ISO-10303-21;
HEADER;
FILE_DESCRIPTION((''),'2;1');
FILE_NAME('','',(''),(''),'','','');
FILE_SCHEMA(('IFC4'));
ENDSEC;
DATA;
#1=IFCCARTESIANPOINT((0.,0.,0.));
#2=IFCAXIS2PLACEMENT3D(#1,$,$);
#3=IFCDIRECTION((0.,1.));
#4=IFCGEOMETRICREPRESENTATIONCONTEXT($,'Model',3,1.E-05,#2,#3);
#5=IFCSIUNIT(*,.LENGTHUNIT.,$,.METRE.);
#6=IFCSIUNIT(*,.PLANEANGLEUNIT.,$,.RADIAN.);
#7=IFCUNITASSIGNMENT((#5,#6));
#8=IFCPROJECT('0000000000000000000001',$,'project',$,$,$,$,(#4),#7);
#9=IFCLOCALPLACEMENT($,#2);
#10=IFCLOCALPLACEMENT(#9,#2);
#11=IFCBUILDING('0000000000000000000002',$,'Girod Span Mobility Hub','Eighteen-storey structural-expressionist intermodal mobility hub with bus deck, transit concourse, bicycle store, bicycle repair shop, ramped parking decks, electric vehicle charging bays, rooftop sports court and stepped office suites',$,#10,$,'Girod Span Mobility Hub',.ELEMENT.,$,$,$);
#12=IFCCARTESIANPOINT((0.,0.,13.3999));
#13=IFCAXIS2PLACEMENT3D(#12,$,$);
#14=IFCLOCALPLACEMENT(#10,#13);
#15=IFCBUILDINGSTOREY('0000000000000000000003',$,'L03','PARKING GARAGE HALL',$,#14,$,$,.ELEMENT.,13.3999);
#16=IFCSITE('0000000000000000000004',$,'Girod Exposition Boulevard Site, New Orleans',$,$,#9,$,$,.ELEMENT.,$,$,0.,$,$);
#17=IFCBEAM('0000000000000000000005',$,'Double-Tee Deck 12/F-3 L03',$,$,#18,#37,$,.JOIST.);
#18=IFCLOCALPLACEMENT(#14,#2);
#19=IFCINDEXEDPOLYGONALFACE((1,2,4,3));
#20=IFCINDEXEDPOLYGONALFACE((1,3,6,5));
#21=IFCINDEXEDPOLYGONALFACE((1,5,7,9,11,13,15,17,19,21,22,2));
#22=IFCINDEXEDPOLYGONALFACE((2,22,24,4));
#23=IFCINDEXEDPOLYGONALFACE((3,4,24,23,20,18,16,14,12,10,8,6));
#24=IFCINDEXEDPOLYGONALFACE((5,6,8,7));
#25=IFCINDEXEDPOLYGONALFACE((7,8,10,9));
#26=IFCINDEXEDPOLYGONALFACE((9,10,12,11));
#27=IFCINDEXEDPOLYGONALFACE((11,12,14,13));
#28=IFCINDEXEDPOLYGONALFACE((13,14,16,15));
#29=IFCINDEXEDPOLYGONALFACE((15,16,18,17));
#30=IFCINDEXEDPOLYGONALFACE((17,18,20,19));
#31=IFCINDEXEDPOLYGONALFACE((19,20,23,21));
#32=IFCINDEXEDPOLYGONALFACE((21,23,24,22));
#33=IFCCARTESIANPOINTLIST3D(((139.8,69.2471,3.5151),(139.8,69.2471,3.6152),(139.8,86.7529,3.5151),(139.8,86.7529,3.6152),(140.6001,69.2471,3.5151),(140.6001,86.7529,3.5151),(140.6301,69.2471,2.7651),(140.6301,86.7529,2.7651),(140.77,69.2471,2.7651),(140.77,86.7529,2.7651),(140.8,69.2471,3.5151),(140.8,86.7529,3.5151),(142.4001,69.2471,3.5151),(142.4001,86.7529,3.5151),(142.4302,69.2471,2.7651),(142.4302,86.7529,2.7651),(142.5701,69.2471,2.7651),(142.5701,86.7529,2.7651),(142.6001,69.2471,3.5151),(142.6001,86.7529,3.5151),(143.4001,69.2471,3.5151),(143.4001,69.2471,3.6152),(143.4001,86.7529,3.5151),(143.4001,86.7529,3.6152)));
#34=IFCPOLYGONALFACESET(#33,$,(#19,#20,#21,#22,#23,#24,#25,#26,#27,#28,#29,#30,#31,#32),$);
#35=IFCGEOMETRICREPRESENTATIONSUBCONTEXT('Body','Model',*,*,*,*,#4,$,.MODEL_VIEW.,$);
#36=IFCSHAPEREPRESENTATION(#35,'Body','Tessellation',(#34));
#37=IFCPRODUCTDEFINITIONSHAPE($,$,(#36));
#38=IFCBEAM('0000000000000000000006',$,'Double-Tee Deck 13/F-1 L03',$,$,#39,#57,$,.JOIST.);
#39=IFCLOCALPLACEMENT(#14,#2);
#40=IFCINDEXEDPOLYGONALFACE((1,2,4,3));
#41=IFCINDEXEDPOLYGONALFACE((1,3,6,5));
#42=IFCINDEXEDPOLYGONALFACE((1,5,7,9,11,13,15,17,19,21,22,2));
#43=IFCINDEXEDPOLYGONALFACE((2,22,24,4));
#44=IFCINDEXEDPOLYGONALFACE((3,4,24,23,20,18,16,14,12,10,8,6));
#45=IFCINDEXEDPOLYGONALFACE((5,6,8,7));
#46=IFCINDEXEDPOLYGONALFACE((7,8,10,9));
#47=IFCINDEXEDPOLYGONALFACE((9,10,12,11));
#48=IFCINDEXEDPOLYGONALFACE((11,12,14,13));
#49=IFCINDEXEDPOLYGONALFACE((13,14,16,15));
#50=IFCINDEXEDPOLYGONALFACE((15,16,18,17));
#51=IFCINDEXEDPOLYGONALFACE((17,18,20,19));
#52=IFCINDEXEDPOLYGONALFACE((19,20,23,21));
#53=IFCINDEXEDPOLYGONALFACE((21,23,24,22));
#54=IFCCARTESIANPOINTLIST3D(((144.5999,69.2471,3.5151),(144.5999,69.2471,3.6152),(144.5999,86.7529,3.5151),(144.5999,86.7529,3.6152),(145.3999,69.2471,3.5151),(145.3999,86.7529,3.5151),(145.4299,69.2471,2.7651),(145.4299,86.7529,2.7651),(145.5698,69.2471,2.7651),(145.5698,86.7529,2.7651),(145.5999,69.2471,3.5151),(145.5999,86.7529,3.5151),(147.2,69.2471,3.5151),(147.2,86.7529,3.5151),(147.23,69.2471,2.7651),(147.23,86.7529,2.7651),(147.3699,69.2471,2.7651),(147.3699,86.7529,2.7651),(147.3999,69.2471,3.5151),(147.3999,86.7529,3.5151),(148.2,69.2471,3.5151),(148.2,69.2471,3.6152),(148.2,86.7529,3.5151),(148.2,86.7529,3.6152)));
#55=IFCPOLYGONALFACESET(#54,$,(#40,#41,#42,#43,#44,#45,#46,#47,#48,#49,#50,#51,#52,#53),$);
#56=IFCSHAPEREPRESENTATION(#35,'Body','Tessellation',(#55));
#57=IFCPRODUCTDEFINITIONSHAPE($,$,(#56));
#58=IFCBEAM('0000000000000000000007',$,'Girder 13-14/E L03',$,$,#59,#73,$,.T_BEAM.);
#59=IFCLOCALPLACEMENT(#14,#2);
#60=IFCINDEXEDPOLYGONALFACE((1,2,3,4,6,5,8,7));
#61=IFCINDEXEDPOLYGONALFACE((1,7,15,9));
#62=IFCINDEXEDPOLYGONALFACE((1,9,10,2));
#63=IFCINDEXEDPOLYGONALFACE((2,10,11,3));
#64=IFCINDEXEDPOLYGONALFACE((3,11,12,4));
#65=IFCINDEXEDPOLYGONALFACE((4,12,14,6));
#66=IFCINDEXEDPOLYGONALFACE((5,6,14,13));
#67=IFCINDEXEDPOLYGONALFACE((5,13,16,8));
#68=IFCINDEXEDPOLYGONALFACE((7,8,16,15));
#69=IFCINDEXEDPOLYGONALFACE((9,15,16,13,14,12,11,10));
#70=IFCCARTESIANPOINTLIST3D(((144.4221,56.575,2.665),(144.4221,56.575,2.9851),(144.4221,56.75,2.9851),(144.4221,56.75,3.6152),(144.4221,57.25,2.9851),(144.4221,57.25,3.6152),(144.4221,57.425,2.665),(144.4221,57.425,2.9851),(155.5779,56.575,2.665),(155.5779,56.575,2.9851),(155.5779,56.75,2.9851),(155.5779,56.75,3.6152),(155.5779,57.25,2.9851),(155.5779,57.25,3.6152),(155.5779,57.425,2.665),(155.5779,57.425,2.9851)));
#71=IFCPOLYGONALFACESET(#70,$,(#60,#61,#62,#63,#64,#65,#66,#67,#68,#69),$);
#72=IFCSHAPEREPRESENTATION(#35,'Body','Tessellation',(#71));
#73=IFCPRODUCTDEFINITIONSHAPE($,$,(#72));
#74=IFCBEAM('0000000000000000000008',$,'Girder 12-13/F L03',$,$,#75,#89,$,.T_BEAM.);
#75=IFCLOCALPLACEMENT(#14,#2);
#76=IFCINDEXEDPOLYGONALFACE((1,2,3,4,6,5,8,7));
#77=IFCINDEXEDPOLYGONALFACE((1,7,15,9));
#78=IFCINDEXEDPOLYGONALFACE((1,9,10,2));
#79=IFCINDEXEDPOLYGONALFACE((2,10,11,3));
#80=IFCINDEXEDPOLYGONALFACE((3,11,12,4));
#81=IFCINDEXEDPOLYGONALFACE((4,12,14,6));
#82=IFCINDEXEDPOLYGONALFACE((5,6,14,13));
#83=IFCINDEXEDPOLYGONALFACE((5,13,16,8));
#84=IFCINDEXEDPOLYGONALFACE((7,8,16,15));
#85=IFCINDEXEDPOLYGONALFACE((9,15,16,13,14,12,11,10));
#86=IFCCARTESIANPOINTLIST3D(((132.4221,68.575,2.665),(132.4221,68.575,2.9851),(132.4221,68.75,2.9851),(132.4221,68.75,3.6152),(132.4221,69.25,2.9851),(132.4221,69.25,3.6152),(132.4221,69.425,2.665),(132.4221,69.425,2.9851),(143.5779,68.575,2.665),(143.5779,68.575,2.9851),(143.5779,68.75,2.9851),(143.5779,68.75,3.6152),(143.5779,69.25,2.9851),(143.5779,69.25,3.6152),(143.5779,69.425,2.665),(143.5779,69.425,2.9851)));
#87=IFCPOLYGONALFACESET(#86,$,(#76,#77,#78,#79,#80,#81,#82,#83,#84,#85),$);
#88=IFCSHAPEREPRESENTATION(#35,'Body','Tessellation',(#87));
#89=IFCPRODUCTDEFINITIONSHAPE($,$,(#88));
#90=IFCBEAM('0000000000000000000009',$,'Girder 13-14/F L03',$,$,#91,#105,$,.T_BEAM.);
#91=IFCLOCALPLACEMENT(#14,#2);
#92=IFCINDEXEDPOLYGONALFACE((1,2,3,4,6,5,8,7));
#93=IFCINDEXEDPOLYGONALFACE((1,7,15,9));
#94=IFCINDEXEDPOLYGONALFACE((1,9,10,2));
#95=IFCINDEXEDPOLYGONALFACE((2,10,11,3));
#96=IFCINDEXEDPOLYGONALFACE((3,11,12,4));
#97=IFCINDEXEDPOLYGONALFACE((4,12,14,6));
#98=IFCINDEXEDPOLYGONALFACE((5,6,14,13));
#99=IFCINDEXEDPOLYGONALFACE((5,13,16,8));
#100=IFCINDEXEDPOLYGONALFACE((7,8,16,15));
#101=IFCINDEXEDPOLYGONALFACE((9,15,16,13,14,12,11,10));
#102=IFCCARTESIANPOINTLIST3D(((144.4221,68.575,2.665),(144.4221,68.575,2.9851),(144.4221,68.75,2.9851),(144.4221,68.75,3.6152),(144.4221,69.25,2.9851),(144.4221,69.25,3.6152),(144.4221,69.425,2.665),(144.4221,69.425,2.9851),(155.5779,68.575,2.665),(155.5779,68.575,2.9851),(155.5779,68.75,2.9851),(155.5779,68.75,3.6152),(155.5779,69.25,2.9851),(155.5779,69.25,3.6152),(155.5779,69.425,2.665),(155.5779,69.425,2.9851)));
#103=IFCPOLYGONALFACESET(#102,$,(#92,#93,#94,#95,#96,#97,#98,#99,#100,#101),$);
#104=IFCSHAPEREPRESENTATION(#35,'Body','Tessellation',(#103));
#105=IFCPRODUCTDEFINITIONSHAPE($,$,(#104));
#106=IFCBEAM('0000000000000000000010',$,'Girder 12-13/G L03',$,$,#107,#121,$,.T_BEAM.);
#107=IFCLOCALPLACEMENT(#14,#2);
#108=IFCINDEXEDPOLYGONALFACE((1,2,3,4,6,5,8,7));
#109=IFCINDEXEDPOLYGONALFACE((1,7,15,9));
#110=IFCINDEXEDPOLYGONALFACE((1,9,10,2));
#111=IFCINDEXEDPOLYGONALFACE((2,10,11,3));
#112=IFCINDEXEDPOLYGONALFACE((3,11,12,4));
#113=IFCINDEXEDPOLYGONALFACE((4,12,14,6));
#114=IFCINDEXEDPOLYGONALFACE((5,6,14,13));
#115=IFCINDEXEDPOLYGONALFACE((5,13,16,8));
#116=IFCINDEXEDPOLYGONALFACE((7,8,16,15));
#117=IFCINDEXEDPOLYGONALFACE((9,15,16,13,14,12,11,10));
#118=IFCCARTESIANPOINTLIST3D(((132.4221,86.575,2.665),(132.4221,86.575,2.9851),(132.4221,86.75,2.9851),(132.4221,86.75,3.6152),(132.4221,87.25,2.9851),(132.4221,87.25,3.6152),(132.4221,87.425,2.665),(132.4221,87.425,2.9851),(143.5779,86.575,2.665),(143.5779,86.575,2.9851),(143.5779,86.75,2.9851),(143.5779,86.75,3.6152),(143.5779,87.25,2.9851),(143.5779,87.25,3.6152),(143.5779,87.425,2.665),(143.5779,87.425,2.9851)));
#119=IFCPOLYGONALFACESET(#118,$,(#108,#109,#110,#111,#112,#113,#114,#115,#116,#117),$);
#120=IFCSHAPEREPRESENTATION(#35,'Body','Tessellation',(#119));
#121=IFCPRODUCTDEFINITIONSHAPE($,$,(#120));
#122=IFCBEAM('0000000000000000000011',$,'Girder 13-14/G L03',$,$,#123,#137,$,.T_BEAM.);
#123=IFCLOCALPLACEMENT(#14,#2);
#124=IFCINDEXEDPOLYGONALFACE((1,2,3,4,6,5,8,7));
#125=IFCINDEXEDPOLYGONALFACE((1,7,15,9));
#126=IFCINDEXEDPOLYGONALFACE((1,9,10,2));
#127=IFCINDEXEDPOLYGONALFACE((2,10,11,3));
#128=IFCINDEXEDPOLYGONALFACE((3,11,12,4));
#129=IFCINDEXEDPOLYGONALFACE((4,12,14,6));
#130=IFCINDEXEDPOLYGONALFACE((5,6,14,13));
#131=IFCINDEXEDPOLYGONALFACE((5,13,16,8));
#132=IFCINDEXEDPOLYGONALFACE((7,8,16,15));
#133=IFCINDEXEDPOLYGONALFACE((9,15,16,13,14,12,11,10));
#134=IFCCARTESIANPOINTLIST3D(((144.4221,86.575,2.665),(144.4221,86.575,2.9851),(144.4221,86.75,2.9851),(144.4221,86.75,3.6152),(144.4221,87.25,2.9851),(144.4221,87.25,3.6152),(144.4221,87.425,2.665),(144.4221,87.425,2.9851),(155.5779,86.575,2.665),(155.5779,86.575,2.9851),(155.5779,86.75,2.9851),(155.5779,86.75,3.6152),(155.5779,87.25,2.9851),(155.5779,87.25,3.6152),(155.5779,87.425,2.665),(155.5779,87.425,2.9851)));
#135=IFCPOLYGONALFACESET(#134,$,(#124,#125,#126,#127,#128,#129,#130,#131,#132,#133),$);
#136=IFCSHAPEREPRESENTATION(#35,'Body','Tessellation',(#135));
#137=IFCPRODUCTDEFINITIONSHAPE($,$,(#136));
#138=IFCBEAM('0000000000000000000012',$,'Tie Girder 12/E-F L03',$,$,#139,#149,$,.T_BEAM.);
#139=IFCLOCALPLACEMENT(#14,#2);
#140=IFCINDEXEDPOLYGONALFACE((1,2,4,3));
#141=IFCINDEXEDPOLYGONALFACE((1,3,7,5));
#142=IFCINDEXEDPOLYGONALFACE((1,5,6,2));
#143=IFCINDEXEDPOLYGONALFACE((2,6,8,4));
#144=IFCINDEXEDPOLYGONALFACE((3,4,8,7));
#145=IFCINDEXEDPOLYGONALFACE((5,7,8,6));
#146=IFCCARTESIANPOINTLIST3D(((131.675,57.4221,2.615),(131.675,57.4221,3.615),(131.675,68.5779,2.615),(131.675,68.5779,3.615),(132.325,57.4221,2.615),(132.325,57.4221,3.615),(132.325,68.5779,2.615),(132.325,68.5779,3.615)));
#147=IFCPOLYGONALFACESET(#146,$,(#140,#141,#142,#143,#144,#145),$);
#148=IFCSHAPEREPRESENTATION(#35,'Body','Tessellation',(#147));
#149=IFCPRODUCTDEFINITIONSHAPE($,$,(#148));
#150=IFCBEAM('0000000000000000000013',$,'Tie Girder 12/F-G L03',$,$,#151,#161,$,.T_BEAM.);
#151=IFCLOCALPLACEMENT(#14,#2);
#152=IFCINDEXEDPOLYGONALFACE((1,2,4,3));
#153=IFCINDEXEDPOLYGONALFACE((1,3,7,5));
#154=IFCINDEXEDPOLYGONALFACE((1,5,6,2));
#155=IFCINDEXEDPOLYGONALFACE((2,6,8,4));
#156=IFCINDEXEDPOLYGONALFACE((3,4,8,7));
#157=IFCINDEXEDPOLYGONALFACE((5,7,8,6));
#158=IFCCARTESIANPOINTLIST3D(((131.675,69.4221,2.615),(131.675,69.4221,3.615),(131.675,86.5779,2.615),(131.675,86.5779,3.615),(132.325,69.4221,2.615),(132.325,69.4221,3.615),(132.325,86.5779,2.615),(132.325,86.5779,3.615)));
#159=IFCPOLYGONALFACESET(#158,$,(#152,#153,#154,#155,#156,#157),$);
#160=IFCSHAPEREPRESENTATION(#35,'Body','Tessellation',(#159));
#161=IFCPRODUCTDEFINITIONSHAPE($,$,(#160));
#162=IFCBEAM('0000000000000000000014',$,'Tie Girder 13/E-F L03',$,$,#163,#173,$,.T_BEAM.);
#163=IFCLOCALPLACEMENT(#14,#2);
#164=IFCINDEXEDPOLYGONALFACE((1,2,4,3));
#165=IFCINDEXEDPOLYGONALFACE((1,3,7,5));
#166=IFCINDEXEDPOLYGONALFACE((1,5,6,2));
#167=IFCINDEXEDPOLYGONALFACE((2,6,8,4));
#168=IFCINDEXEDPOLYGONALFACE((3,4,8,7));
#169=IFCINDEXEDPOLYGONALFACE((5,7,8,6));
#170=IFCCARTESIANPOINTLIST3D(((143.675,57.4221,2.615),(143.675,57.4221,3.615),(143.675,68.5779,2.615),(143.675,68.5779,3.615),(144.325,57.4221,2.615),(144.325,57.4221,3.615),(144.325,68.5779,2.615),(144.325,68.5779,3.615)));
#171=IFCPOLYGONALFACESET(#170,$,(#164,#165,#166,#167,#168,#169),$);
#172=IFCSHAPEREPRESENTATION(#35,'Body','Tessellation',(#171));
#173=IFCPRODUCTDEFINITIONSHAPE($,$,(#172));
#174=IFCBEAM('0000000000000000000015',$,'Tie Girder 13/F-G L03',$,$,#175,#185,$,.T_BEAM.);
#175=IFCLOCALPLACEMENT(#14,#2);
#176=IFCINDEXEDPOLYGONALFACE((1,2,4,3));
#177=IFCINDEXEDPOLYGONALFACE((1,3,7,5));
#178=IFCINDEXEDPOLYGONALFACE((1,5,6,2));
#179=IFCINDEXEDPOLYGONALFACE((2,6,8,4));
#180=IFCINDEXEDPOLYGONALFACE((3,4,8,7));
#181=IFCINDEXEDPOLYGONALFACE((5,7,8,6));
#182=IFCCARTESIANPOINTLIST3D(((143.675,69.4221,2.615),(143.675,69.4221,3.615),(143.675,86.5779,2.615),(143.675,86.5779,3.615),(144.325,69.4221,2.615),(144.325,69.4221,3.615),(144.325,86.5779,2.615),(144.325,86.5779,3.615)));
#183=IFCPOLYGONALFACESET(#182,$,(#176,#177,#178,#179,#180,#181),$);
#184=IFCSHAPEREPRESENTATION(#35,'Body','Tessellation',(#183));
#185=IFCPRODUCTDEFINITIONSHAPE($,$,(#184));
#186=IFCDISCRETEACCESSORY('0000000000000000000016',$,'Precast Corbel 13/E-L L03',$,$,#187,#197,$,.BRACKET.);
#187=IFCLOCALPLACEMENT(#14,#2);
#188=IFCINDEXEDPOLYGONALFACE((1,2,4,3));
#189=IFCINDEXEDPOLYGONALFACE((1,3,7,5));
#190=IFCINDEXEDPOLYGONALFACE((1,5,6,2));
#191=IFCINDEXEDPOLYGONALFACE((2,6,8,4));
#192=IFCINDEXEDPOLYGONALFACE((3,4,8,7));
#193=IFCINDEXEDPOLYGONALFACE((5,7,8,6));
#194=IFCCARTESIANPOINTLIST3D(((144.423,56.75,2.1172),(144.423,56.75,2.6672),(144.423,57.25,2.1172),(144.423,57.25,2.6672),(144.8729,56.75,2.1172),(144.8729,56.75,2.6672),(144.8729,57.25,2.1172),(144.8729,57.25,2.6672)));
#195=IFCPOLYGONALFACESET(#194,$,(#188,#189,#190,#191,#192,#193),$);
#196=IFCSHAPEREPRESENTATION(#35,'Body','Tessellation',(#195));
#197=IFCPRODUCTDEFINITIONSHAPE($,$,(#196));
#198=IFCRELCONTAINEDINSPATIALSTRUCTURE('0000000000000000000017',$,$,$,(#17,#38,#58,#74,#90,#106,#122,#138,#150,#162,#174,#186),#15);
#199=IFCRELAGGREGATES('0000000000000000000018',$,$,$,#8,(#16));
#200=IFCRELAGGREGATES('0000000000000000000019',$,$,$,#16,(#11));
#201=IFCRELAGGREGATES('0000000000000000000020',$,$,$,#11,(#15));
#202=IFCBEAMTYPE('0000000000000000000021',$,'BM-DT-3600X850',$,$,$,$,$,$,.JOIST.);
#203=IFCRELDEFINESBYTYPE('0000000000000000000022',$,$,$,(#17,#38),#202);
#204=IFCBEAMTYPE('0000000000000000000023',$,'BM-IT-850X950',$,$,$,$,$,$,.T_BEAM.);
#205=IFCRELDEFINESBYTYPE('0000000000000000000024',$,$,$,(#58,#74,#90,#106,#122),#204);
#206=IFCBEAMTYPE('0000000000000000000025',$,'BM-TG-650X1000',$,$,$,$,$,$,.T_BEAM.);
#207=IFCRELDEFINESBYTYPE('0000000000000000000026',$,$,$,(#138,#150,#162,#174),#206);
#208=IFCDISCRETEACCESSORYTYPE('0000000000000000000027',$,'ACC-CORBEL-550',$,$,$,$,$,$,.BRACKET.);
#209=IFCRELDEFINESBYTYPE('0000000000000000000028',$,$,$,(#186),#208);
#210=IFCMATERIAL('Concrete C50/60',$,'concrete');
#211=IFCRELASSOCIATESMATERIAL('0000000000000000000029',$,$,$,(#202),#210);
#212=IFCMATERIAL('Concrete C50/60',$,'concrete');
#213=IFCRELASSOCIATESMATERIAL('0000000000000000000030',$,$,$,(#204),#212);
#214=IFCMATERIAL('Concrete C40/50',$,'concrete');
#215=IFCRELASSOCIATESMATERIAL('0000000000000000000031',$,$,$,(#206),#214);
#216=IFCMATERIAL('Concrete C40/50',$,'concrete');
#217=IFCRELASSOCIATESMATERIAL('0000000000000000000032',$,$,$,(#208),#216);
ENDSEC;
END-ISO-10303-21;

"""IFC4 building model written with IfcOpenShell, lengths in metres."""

from ifc_helpers import new_model, si_unit, direction, frame, origin, origin_2d, place, context, subcontext, project, spatial, polyline, rectangle, outline, extrude, material, material_profile, profile_set, type_object, element, save


model = new_model("IFC4")

# Units and contexts
model_context = context("Model", 3, precision=1e-05, world=origin(), true_north=direction((0.0, 1.0)))
body_context = subcontext(model_context, "Body", "Model", "MODEL_VIEW")
ifc_project = project(units=[si_unit("LENGTHUNIT", "METRE"), si_unit("PLANEANGLEUNIT", "RADIAN")], contexts=[model_context])

# Site, building, storey
site_placement = place(None, origin())
site = spatial("IfcSite", under=ifc_project, at=site_placement, Name="Girod Exposition Boulevard Site, New Orleans", CompositionType="ELEMENT", RefElevation=0.0)
building_placement = place(site_placement, origin())
building = spatial("IfcBuilding", under=site, at=building_placement, Name="Girod Span Mobility Hub", Description="Eighteen-storey structural-expressionist intermodal mobility hub with bus deck, transit concourse, bicycle store, bicycle repair shop, ramped parking decks, electric vehicle charging bays, rooftop sports court and stepped office suites", LongName="Girod Span Mobility Hub", CompositionType="ELEMENT")
storey_placement = place(building_placement, frame((0.0, 0.0, 13.3999)))
storey = spatial("IfcBuildingStorey", under=building, at=storey_placement, Name="L03", Description="PARKING GARAGE HALL", CompositionType="ELEMENT", Elevation=13.3999)

# Beams
ifc_material_1 = material(Name="Concrete C50/60", Category="concrete")
ifc_material_profile_1 = material_profile(ifc_material_1, outline(polyline([(-1.8, 0.425), (-1.8, 0.325), (-1.0, 0.325), (-0.97, -0.425), (-0.8301, -0.425), (-0.8, 0.325), (0.8, 0.325), (0.8301, -0.425), (0.97, -0.425), (1.0, 0.325), (1.8, 0.325), (1.8, 0.425), (-1.8, 0.425)])), Name="DT-3600X850")
ifc_profile_set_1 = profile_set([ifc_material_profile_1], Name="Concrete C50/60")
beam_type_1 = type_object("IfcBeamType", Name="BM-DT-3600X850", PredefinedType="JOIST", material=ifc_profile_set_1)
for number, where, z_axis, x_axis, name in (
    (1, (141.6001, 69.2471, 3.1902), (0.0, 1.0, 0.0), (-1.0, 0.0, 0.0), "Double-Tee Deck 12/F-3 L03"),
    (2, (146.3999, 69.2471, 3.1902), (0.0, 1.0, 0.0), (-1.0, 0.0, 0.0), "Double-Tee Deck 13/F-1 L03"),
):
    element("IfcBeam", number, at=place(storey_placement, frame(where, z_axis=z_axis, x_axis=x_axis)), inside=storey, type_object=beam_type_1, Name=name, PredefinedType="JOIST", context=body_context, shape_type="SweptSolid", body=[
        extrude(outline(polyline([(-1.8, 0.425), (-1.8, 0.325), (-1.0, 0.325), (-0.97, -0.425), (-0.8301, -0.425), (-0.8, 0.325), (0.8, 0.325), (0.8301, -0.425), (0.97, -0.425), (1.0, 0.325), (1.8, 0.325), (1.8, 0.425), (-1.8, 0.425)])), origin(), (0.0, 0.0, 1.0), 17.5059),
    ])
ifc_material_2 = material(Name="Concrete C50/60", Category="concrete")
ifc_material_profile_2 = material_profile(ifc_material_2, outline(polyline([(-0.425, -0.4751), (0.425, -0.4751), (0.425, -0.155), (0.25, -0.155), (0.25, 0.4751), (-0.25, 0.4751), (-0.25, -0.155), (-0.425, -0.155), (-0.425, -0.4751)])), Name="IT-850X950")
ifc_profile_set_2 = profile_set([ifc_material_profile_2], Name="Concrete C50/60")
beam_type_2 = type_object("IfcBeamType", Name="BM-IT-850X950", PredefinedType="T_BEAM", material=ifc_profile_set_2)
for number, where, z_axis, x_axis, name in (
    (3, (144.4221, 57.0, 3.1401), (1.0, 0.0, 0.0), (0.0, 1.0, 0.0), "Girder 13-14/E L03"),
    (4, (132.4221, 69.0, 3.1401), (1.0, 0.0, 0.0), (0.0, 1.0, 0.0), "Girder 12-13/F L03"),
    (5, (144.4221, 69.0, 3.1401), (1.0, 0.0, 0.0), (0.0, 1.0, 0.0), "Girder 13-14/F L03"),
    (6, (132.4221, 87.0, 3.1401), (1.0, 0.0, 0.0), (0.0, 1.0, 0.0), "Girder 12-13/G L03"),
    (7, (144.4221, 87.0, 3.1401), (1.0, 0.0, 0.0), (0.0, 1.0, 0.0), "Girder 13-14/G L03"),
):
    element("IfcBeam", number, at=place(storey_placement, frame(where, z_axis=z_axis, x_axis=x_axis)), inside=storey, type_object=beam_type_2, Name=name, PredefinedType="T_BEAM", context=body_context, shape_type="SweptSolid", body=[
        extrude(outline(polyline([(-0.425, -0.4751), (0.425, -0.4751), (0.425, -0.155), (0.25, -0.155), (0.25, 0.4751), (-0.25, 0.4751), (-0.25, -0.155), (-0.425, -0.155), (-0.425, -0.4751)])), origin(), (0.0, 0.0, 1.0), 11.1558),
    ])
ifc_material_3 = material(Name="Concrete C40/50", Category="concrete")
ifc_material_profile_3 = material_profile(ifc_material_3, rectangle(XDim=0.6499, YDim=1.0, at=origin_2d()), Name="TG-650X1000")
ifc_profile_set_3 = profile_set([ifc_material_profile_3], Name="Concrete C40/50")
beam_type_3 = type_object("IfcBeamType", Name="BM-TG-650X1000", PredefinedType="T_BEAM", material=ifc_profile_set_3)
beam_1_placement = place(storey_placement, frame((132.0, 57.4221, 3.115), z_axis=(0.0, 1.0, 0.0), x_axis=(-1.0, 0.0, 0.0)))
element("IfcBeam", 8, at=beam_1_placement, inside=storey, type_object=beam_type_3, Name="Tie Girder 12/E-F L03", PredefinedType="T_BEAM", context=body_context, shape_type="SweptSolid", body=[
    extrude(rectangle(XDim=0.6499, YDim=1.0, at=origin_2d()), origin(), (0.0, 0.0, 1.0), 11.1558),
])
beam_2_placement = place(storey_placement, frame((132.0, 69.4221, 3.115), z_axis=(0.0, 1.0, 0.0), x_axis=(-1.0, 0.0, 0.0)))
element("IfcBeam", 9, at=beam_2_placement, inside=storey, type_object=beam_type_3, Name="Tie Girder 12/F-G L03", PredefinedType="T_BEAM", context=body_context, shape_type="SweptSolid", body=[
    extrude(rectangle(XDim=0.6499, YDim=1.0, at=origin_2d()), origin(), (0.0, 0.0, 1.0), 17.1558),
])
beam_3_placement = place(storey_placement, frame((144.0, 57.4221, 3.115), z_axis=(0.0, 1.0, 0.0), x_axis=(-1.0, 0.0, 0.0)))
element("IfcBeam", 10, at=beam_3_placement, inside=storey, type_object=beam_type_3, Name="Tie Girder 13/E-F L03", PredefinedType="T_BEAM", context=body_context, shape_type="SweptSolid", body=[
    extrude(rectangle(XDim=0.6499, YDim=1.0, at=origin_2d()), origin(), (0.0, 0.0, 1.0), 11.1558),
])
beam_4_placement = place(storey_placement, frame((144.0, 69.4221, 3.115), z_axis=(0.0, 1.0, 0.0), x_axis=(-1.0, 0.0, 0.0)))
element("IfcBeam", 11, at=beam_4_placement, inside=storey, type_object=beam_type_3, Name="Tie Girder 13/F-G L03", PredefinedType="T_BEAM", context=body_context, shape_type="SweptSolid", body=[
    extrude(rectangle(XDim=0.6499, YDim=1.0, at=origin_2d()), origin(), (0.0, 0.0, 1.0), 17.1558),
])

# Discrete accessory
ifc_material_4 = material(Name="Concrete C40/50", Category="concrete")
discrete_accessory_type = type_object("IfcDiscreteAccessoryType", Name="ACC-CORBEL-550", PredefinedType="BRACKET", material=ifc_material_4)
for number, where, z_axis, x_axis, name in (
    (12, (144.6479, 57.0, 2.1172), (0.0, 0.0, 1.0), (1.0, 0.0, 0.0), "Precast Corbel 13/E-L L03"),
):
    element("IfcDiscreteAccessory", number, at=place(storey_placement, frame(where, z_axis=z_axis, x_axis=x_axis)), inside=storey, type_object=discrete_accessory_type, Name=name, PredefinedType="BRACKET", context=body_context, shape_type="SweptSolid", body=[
        extrude(rectangle(XDim=0.45, YDim=0.5, at=origin_2d()), origin(), (0.0, 0.0, 1.0), 0.55),
    ])

save(model, "model.ifc")
